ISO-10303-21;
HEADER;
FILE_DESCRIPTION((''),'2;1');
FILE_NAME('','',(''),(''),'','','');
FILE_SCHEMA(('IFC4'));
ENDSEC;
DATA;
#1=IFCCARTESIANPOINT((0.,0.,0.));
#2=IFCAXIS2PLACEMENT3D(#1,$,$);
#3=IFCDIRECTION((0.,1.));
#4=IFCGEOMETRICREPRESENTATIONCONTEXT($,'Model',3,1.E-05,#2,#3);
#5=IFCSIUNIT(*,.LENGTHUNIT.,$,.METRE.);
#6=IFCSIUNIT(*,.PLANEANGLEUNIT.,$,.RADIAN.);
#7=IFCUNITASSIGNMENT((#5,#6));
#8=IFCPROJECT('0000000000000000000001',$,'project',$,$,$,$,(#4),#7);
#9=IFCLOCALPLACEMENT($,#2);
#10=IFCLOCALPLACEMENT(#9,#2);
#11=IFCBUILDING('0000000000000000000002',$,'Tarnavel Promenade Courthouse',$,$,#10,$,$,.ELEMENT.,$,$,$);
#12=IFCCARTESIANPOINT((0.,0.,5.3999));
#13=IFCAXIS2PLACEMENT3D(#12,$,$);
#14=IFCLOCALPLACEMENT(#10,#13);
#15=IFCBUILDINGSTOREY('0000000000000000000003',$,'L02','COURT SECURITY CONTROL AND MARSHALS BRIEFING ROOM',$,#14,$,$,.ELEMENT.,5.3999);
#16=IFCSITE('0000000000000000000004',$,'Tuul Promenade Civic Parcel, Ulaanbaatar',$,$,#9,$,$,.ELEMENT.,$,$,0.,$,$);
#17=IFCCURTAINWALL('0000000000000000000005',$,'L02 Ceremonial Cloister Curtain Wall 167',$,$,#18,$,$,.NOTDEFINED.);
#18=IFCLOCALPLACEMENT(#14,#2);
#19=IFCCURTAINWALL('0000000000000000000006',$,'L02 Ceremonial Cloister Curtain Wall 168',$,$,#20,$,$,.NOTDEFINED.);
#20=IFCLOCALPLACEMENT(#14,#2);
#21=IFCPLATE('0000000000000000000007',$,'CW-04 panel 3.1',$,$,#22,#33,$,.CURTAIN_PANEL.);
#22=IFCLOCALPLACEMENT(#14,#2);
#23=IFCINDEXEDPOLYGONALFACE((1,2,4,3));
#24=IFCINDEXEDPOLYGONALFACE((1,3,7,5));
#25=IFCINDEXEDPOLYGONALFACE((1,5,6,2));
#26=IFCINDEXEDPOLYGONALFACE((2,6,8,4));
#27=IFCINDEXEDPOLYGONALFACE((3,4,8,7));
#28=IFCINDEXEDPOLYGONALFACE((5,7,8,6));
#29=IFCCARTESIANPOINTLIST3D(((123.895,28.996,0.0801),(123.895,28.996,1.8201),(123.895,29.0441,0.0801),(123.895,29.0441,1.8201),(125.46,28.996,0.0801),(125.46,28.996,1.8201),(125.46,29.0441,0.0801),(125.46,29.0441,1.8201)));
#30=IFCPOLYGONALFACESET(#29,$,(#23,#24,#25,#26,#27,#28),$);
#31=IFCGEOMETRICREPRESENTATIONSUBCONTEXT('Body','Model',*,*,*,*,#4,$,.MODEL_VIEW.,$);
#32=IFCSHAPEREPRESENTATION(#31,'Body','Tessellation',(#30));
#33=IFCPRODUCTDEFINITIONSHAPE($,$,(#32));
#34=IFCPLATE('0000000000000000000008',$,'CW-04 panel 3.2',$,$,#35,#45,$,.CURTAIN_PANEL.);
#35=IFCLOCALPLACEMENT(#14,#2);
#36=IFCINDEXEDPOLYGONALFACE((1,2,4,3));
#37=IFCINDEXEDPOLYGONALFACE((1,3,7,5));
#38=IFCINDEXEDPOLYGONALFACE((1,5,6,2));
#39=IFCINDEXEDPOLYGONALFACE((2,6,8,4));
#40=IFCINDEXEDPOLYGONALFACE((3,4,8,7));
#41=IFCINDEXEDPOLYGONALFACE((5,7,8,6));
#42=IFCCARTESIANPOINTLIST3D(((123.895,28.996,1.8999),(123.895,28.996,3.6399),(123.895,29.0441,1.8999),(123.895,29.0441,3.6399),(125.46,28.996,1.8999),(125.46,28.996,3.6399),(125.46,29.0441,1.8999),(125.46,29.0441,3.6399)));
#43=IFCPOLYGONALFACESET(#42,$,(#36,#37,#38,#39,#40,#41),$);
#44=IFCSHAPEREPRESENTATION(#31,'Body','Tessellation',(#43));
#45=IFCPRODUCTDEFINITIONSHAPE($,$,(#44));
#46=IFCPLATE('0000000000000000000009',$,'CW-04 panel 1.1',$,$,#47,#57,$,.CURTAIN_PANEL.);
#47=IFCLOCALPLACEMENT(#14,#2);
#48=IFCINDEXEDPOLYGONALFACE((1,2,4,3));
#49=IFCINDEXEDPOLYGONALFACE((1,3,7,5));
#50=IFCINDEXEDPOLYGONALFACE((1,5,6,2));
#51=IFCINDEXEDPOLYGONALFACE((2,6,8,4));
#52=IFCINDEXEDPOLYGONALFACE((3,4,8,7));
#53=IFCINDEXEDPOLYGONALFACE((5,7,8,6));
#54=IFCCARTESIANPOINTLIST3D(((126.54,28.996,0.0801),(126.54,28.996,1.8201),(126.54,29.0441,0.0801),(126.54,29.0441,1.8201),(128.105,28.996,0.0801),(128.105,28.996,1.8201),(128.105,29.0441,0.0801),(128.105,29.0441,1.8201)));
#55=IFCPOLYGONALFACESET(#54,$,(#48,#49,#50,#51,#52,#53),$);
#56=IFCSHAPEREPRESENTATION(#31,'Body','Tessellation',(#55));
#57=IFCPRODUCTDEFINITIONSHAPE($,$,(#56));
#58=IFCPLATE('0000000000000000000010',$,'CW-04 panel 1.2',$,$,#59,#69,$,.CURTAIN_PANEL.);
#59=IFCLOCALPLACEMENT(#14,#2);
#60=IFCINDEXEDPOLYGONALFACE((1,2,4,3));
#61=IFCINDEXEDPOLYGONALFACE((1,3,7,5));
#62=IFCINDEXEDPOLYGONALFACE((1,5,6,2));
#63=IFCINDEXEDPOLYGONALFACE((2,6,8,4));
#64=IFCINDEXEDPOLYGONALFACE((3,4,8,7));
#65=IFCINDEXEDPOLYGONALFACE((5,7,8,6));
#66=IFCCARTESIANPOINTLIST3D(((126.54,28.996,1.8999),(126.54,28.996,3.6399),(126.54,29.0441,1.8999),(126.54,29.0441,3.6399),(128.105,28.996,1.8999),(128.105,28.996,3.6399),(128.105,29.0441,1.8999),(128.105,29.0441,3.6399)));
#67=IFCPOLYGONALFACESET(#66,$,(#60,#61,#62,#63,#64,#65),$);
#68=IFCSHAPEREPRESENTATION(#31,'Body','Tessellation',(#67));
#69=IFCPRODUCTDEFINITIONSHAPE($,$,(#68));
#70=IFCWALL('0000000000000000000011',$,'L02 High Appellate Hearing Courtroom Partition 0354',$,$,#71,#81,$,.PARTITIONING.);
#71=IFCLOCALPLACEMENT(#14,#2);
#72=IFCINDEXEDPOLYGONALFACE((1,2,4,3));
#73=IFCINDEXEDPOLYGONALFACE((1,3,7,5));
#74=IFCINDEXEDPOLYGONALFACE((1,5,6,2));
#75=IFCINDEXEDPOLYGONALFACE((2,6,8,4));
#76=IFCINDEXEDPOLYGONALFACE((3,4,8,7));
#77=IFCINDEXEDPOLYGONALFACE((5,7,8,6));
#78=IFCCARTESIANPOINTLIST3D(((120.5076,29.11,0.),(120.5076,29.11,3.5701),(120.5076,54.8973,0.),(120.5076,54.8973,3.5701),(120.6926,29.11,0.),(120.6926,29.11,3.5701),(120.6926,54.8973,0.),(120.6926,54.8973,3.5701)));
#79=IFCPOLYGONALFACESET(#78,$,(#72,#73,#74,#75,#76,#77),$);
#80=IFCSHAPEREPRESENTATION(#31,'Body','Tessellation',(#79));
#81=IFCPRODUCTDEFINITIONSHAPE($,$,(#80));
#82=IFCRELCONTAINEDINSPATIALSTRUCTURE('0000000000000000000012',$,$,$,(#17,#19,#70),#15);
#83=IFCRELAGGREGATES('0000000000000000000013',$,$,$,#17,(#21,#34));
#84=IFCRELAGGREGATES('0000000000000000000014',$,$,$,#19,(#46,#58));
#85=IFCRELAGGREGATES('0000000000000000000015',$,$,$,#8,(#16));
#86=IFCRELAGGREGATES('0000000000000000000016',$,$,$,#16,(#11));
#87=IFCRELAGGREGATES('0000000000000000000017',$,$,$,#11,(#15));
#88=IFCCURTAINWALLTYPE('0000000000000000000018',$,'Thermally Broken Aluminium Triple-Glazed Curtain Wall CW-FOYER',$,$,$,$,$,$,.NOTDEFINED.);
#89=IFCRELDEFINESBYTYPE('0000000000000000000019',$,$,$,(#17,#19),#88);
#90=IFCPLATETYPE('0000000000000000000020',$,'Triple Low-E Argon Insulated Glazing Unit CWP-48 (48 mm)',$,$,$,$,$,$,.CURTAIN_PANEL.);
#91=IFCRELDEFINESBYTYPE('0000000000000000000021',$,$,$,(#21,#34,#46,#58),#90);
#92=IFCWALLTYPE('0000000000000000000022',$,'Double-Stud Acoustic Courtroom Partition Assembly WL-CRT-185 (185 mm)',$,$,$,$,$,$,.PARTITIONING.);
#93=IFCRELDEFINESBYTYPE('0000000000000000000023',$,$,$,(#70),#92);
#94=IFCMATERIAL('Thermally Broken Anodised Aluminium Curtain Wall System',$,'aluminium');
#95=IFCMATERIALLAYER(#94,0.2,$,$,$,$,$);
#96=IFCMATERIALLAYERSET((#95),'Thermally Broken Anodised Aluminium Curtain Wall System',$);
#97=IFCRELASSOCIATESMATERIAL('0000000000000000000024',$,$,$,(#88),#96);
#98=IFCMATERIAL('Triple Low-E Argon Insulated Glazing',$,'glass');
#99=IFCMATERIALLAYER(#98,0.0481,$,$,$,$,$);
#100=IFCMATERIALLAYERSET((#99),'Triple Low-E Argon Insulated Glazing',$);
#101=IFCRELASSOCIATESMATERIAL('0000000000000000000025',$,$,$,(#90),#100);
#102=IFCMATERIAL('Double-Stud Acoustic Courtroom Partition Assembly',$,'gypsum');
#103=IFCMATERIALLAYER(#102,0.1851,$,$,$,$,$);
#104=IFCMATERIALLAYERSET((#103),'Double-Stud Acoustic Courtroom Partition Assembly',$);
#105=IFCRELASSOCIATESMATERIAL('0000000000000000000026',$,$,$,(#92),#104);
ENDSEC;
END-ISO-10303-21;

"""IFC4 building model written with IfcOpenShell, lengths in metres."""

from ifc_helpers import new_model, si_unit, direction, frame, frame_2d, origin, origin_2d, place, context, subcontext, project, spatial, rectangle, extrude, material, layer, layer_set, type_object, element, aggregate, save


model = new_model("IFC4")

# Units and contexts
model_context = context("Model", 3, precision=1e-05, world=origin(), true_north=direction((0.0, 1.0)))
body_context = subcontext(model_context, "Body", "Model", "MODEL_VIEW")
ifc_project = project(units=[si_unit("LENGTHUNIT", "METRE"), si_unit("PLANEANGLEUNIT", "RADIAN")], contexts=[model_context])

# Site, building, storey
site_placement = place(None, origin())
site = spatial("IfcSite", under=ifc_project, at=site_placement, Name="Tuul Promenade Civic Parcel, Ulaanbaatar", CompositionType="ELEMENT", RefElevation=0.0)
building_placement = place(site_placement, origin())
building = spatial("IfcBuilding", under=site, at=building_placement, Name="Tarnavel Promenade Courthouse", CompositionType="ELEMENT")
storey_placement = place(building_placement, frame((0.0, 0.0, 5.3999)))
storey = spatial("IfcBuildingStorey", under=building, at=storey_placement, Name="L02", Description="COURT SECURITY CONTROL AND MARSHALS BRIEFING ROOM", CompositionType="ELEMENT", Elevation=5.3999)

# Curtain walls
ifc_material_1 = material(Name="Thermally Broken Anodised Aluminium Curtain Wall System", Category="aluminium")
ifc_layer_1 = layer(ifc_material_1, 0.2)
ifc_layer_set_1 = layer_set([ifc_layer_1], Name="Thermally Broken Anodised Aluminium Curtain Wall System")
curtain_wall_type = type_object("IfcCurtainWallType", Name="Thermally Broken Aluminium Triple-Glazed Curtain Wall CW-FOYER", PredefinedType="NOTDEFINED", material=ifc_layer_set_1)
curtain_wall_1_placement = place(storey_placement, origin())
curtain_wall_1 = element("IfcCurtainWall", 1, at=curtain_wall_1_placement, inside=storey, type_object=curtain_wall_type, Name="L02 Ceremonial Cloister Curtain Wall 167", PredefinedType="NOTDEFINED")
curtain_wall_2_placement = place(storey_placement, origin())
curtain_wall_2 = element("IfcCurtainWall", 2, at=curtain_wall_2_placement, inside=storey, type_object=curtain_wall_type, Name="L02 Ceremonial Cloister Curtain Wall 168", PredefinedType="NOTDEFINED")

# Plates
ifc_material_2 = material(Name="Triple Low-E Argon Insulated Glazing", Category="glass")
ifc_layer_2 = layer(ifc_material_2, 0.0481)
ifc_layer_set_2 = layer_set([ifc_layer_2], Name="Triple Low-E Argon Insulated Glazing")
plate_type = type_object("IfcPlateType", Name="Triple Low-E Argon Insulated Glazing Unit CWP-48 (48 mm)", PredefinedType="CURTAIN_PANEL", material=ifc_layer_set_2)
plate_1_placement = place(storey_placement, frame((124.6775, 29.02, 0.0801), z_axis=(0.0, 0.0, 1.0), x_axis=(1.0, 0.0, 0.0)))
plate_1 = element("IfcPlate", 3, at=plate_1_placement, type_object=plate_type, Name="CW-04 panel 3.1", PredefinedType="CURTAIN_PANEL", context=body_context, shape_type="SweptSolid", body=[
    extrude(rectangle(XDim=1.5649, YDim=0.0481, at=origin_2d()), origin(), (0.0, 0.0, 1.0), 1.74),
])
plate_2_placement = place(storey_placement, frame((124.6775, 29.02, 1.8999), z_axis=(0.0, 0.0, 1.0), x_axis=(1.0, 0.0, 0.0)))
plate_2 = element("IfcPlate", 4, at=plate_2_placement, type_object=plate_type, Name="CW-04 panel 3.2", PredefinedType="CURTAIN_PANEL", context=body_context, shape_type="SweptSolid", body=[
    extrude(rectangle(XDim=1.5649, YDim=0.0481, at=origin_2d()), origin(), (0.0, 0.0, 1.0), 1.74),
])
aggregate(curtain_wall_1, [plate_1, plate_2])
plate_3_placement = place(storey_placement, frame((127.3225, 29.02, 0.0801), z_axis=(0.0, 0.0, 1.0), x_axis=(1.0, 0.0, 0.0)))
plate_3 = element("IfcPlate", 5, at=plate_3_placement, type_object=plate_type, Name="CW-04 panel 1.1", PredefinedType="CURTAIN_PANEL", context=body_context, shape_type="SweptSolid", body=[
    extrude(rectangle(XDim=1.5649, YDim=0.0481, at=origin_2d()), origin(), (0.0, 0.0, 1.0), 1.74),
])
plate_4_placement = place(storey_placement, frame((127.3225, 29.02, 1.8999), z_axis=(0.0, 0.0, 1.0), x_axis=(1.0, 0.0, 0.0)))
plate_4 = element("IfcPlate", 6, at=plate_4_placement, type_object=plate_type, Name="CW-04 panel 1.2", PredefinedType="CURTAIN_PANEL", context=body_context, shape_type="SweptSolid", body=[
    extrude(rectangle(XDim=1.5649, YDim=0.0481, at=origin_2d()), origin(), (0.0, 0.0, 1.0), 1.74),
])
aggregate(curtain_wall_2, [plate_3, plate_4])

# Wall
ifc_material_3 = material(Name="Double-Stud Acoustic Courtroom Partition Assembly", Category="gypsum")
ifc_layer_3 = layer(ifc_material_3, 0.1851)
ifc_layer_set_3 = layer_set([ifc_layer_3], Name="Double-Stud Acoustic Courtroom Partition Assembly")
wall_type = type_object("IfcWallType", Name="Double-Stud Acoustic Courtroom Partition Assembly WL-CRT-185 (185 mm)", PredefinedType="PARTITIONING", material=ifc_layer_set_3)
wall_placement = place(storey_placement, frame((120.6001, 29.1101, 0.0), z_axis=(0.0, 0.0, 1.0), x_axis=(0.0, 1.0, 0.0)))
element("IfcWall", 7, at=wall_placement, inside=storey, type_object=wall_type, Name="L02 High Appellate Hearing Courtroom Partition 0354", PredefinedType="PARTITIONING", context=body_context, shape_type="SweptSolid", body=[
    extrude(rectangle(XDim=25.7874, YDim=0.1851, at=frame_2d((12.8936, 0.0))), origin(), (0.0, 0.0, 1.0), 3.5701),
])

save(model, "model.ifc")
